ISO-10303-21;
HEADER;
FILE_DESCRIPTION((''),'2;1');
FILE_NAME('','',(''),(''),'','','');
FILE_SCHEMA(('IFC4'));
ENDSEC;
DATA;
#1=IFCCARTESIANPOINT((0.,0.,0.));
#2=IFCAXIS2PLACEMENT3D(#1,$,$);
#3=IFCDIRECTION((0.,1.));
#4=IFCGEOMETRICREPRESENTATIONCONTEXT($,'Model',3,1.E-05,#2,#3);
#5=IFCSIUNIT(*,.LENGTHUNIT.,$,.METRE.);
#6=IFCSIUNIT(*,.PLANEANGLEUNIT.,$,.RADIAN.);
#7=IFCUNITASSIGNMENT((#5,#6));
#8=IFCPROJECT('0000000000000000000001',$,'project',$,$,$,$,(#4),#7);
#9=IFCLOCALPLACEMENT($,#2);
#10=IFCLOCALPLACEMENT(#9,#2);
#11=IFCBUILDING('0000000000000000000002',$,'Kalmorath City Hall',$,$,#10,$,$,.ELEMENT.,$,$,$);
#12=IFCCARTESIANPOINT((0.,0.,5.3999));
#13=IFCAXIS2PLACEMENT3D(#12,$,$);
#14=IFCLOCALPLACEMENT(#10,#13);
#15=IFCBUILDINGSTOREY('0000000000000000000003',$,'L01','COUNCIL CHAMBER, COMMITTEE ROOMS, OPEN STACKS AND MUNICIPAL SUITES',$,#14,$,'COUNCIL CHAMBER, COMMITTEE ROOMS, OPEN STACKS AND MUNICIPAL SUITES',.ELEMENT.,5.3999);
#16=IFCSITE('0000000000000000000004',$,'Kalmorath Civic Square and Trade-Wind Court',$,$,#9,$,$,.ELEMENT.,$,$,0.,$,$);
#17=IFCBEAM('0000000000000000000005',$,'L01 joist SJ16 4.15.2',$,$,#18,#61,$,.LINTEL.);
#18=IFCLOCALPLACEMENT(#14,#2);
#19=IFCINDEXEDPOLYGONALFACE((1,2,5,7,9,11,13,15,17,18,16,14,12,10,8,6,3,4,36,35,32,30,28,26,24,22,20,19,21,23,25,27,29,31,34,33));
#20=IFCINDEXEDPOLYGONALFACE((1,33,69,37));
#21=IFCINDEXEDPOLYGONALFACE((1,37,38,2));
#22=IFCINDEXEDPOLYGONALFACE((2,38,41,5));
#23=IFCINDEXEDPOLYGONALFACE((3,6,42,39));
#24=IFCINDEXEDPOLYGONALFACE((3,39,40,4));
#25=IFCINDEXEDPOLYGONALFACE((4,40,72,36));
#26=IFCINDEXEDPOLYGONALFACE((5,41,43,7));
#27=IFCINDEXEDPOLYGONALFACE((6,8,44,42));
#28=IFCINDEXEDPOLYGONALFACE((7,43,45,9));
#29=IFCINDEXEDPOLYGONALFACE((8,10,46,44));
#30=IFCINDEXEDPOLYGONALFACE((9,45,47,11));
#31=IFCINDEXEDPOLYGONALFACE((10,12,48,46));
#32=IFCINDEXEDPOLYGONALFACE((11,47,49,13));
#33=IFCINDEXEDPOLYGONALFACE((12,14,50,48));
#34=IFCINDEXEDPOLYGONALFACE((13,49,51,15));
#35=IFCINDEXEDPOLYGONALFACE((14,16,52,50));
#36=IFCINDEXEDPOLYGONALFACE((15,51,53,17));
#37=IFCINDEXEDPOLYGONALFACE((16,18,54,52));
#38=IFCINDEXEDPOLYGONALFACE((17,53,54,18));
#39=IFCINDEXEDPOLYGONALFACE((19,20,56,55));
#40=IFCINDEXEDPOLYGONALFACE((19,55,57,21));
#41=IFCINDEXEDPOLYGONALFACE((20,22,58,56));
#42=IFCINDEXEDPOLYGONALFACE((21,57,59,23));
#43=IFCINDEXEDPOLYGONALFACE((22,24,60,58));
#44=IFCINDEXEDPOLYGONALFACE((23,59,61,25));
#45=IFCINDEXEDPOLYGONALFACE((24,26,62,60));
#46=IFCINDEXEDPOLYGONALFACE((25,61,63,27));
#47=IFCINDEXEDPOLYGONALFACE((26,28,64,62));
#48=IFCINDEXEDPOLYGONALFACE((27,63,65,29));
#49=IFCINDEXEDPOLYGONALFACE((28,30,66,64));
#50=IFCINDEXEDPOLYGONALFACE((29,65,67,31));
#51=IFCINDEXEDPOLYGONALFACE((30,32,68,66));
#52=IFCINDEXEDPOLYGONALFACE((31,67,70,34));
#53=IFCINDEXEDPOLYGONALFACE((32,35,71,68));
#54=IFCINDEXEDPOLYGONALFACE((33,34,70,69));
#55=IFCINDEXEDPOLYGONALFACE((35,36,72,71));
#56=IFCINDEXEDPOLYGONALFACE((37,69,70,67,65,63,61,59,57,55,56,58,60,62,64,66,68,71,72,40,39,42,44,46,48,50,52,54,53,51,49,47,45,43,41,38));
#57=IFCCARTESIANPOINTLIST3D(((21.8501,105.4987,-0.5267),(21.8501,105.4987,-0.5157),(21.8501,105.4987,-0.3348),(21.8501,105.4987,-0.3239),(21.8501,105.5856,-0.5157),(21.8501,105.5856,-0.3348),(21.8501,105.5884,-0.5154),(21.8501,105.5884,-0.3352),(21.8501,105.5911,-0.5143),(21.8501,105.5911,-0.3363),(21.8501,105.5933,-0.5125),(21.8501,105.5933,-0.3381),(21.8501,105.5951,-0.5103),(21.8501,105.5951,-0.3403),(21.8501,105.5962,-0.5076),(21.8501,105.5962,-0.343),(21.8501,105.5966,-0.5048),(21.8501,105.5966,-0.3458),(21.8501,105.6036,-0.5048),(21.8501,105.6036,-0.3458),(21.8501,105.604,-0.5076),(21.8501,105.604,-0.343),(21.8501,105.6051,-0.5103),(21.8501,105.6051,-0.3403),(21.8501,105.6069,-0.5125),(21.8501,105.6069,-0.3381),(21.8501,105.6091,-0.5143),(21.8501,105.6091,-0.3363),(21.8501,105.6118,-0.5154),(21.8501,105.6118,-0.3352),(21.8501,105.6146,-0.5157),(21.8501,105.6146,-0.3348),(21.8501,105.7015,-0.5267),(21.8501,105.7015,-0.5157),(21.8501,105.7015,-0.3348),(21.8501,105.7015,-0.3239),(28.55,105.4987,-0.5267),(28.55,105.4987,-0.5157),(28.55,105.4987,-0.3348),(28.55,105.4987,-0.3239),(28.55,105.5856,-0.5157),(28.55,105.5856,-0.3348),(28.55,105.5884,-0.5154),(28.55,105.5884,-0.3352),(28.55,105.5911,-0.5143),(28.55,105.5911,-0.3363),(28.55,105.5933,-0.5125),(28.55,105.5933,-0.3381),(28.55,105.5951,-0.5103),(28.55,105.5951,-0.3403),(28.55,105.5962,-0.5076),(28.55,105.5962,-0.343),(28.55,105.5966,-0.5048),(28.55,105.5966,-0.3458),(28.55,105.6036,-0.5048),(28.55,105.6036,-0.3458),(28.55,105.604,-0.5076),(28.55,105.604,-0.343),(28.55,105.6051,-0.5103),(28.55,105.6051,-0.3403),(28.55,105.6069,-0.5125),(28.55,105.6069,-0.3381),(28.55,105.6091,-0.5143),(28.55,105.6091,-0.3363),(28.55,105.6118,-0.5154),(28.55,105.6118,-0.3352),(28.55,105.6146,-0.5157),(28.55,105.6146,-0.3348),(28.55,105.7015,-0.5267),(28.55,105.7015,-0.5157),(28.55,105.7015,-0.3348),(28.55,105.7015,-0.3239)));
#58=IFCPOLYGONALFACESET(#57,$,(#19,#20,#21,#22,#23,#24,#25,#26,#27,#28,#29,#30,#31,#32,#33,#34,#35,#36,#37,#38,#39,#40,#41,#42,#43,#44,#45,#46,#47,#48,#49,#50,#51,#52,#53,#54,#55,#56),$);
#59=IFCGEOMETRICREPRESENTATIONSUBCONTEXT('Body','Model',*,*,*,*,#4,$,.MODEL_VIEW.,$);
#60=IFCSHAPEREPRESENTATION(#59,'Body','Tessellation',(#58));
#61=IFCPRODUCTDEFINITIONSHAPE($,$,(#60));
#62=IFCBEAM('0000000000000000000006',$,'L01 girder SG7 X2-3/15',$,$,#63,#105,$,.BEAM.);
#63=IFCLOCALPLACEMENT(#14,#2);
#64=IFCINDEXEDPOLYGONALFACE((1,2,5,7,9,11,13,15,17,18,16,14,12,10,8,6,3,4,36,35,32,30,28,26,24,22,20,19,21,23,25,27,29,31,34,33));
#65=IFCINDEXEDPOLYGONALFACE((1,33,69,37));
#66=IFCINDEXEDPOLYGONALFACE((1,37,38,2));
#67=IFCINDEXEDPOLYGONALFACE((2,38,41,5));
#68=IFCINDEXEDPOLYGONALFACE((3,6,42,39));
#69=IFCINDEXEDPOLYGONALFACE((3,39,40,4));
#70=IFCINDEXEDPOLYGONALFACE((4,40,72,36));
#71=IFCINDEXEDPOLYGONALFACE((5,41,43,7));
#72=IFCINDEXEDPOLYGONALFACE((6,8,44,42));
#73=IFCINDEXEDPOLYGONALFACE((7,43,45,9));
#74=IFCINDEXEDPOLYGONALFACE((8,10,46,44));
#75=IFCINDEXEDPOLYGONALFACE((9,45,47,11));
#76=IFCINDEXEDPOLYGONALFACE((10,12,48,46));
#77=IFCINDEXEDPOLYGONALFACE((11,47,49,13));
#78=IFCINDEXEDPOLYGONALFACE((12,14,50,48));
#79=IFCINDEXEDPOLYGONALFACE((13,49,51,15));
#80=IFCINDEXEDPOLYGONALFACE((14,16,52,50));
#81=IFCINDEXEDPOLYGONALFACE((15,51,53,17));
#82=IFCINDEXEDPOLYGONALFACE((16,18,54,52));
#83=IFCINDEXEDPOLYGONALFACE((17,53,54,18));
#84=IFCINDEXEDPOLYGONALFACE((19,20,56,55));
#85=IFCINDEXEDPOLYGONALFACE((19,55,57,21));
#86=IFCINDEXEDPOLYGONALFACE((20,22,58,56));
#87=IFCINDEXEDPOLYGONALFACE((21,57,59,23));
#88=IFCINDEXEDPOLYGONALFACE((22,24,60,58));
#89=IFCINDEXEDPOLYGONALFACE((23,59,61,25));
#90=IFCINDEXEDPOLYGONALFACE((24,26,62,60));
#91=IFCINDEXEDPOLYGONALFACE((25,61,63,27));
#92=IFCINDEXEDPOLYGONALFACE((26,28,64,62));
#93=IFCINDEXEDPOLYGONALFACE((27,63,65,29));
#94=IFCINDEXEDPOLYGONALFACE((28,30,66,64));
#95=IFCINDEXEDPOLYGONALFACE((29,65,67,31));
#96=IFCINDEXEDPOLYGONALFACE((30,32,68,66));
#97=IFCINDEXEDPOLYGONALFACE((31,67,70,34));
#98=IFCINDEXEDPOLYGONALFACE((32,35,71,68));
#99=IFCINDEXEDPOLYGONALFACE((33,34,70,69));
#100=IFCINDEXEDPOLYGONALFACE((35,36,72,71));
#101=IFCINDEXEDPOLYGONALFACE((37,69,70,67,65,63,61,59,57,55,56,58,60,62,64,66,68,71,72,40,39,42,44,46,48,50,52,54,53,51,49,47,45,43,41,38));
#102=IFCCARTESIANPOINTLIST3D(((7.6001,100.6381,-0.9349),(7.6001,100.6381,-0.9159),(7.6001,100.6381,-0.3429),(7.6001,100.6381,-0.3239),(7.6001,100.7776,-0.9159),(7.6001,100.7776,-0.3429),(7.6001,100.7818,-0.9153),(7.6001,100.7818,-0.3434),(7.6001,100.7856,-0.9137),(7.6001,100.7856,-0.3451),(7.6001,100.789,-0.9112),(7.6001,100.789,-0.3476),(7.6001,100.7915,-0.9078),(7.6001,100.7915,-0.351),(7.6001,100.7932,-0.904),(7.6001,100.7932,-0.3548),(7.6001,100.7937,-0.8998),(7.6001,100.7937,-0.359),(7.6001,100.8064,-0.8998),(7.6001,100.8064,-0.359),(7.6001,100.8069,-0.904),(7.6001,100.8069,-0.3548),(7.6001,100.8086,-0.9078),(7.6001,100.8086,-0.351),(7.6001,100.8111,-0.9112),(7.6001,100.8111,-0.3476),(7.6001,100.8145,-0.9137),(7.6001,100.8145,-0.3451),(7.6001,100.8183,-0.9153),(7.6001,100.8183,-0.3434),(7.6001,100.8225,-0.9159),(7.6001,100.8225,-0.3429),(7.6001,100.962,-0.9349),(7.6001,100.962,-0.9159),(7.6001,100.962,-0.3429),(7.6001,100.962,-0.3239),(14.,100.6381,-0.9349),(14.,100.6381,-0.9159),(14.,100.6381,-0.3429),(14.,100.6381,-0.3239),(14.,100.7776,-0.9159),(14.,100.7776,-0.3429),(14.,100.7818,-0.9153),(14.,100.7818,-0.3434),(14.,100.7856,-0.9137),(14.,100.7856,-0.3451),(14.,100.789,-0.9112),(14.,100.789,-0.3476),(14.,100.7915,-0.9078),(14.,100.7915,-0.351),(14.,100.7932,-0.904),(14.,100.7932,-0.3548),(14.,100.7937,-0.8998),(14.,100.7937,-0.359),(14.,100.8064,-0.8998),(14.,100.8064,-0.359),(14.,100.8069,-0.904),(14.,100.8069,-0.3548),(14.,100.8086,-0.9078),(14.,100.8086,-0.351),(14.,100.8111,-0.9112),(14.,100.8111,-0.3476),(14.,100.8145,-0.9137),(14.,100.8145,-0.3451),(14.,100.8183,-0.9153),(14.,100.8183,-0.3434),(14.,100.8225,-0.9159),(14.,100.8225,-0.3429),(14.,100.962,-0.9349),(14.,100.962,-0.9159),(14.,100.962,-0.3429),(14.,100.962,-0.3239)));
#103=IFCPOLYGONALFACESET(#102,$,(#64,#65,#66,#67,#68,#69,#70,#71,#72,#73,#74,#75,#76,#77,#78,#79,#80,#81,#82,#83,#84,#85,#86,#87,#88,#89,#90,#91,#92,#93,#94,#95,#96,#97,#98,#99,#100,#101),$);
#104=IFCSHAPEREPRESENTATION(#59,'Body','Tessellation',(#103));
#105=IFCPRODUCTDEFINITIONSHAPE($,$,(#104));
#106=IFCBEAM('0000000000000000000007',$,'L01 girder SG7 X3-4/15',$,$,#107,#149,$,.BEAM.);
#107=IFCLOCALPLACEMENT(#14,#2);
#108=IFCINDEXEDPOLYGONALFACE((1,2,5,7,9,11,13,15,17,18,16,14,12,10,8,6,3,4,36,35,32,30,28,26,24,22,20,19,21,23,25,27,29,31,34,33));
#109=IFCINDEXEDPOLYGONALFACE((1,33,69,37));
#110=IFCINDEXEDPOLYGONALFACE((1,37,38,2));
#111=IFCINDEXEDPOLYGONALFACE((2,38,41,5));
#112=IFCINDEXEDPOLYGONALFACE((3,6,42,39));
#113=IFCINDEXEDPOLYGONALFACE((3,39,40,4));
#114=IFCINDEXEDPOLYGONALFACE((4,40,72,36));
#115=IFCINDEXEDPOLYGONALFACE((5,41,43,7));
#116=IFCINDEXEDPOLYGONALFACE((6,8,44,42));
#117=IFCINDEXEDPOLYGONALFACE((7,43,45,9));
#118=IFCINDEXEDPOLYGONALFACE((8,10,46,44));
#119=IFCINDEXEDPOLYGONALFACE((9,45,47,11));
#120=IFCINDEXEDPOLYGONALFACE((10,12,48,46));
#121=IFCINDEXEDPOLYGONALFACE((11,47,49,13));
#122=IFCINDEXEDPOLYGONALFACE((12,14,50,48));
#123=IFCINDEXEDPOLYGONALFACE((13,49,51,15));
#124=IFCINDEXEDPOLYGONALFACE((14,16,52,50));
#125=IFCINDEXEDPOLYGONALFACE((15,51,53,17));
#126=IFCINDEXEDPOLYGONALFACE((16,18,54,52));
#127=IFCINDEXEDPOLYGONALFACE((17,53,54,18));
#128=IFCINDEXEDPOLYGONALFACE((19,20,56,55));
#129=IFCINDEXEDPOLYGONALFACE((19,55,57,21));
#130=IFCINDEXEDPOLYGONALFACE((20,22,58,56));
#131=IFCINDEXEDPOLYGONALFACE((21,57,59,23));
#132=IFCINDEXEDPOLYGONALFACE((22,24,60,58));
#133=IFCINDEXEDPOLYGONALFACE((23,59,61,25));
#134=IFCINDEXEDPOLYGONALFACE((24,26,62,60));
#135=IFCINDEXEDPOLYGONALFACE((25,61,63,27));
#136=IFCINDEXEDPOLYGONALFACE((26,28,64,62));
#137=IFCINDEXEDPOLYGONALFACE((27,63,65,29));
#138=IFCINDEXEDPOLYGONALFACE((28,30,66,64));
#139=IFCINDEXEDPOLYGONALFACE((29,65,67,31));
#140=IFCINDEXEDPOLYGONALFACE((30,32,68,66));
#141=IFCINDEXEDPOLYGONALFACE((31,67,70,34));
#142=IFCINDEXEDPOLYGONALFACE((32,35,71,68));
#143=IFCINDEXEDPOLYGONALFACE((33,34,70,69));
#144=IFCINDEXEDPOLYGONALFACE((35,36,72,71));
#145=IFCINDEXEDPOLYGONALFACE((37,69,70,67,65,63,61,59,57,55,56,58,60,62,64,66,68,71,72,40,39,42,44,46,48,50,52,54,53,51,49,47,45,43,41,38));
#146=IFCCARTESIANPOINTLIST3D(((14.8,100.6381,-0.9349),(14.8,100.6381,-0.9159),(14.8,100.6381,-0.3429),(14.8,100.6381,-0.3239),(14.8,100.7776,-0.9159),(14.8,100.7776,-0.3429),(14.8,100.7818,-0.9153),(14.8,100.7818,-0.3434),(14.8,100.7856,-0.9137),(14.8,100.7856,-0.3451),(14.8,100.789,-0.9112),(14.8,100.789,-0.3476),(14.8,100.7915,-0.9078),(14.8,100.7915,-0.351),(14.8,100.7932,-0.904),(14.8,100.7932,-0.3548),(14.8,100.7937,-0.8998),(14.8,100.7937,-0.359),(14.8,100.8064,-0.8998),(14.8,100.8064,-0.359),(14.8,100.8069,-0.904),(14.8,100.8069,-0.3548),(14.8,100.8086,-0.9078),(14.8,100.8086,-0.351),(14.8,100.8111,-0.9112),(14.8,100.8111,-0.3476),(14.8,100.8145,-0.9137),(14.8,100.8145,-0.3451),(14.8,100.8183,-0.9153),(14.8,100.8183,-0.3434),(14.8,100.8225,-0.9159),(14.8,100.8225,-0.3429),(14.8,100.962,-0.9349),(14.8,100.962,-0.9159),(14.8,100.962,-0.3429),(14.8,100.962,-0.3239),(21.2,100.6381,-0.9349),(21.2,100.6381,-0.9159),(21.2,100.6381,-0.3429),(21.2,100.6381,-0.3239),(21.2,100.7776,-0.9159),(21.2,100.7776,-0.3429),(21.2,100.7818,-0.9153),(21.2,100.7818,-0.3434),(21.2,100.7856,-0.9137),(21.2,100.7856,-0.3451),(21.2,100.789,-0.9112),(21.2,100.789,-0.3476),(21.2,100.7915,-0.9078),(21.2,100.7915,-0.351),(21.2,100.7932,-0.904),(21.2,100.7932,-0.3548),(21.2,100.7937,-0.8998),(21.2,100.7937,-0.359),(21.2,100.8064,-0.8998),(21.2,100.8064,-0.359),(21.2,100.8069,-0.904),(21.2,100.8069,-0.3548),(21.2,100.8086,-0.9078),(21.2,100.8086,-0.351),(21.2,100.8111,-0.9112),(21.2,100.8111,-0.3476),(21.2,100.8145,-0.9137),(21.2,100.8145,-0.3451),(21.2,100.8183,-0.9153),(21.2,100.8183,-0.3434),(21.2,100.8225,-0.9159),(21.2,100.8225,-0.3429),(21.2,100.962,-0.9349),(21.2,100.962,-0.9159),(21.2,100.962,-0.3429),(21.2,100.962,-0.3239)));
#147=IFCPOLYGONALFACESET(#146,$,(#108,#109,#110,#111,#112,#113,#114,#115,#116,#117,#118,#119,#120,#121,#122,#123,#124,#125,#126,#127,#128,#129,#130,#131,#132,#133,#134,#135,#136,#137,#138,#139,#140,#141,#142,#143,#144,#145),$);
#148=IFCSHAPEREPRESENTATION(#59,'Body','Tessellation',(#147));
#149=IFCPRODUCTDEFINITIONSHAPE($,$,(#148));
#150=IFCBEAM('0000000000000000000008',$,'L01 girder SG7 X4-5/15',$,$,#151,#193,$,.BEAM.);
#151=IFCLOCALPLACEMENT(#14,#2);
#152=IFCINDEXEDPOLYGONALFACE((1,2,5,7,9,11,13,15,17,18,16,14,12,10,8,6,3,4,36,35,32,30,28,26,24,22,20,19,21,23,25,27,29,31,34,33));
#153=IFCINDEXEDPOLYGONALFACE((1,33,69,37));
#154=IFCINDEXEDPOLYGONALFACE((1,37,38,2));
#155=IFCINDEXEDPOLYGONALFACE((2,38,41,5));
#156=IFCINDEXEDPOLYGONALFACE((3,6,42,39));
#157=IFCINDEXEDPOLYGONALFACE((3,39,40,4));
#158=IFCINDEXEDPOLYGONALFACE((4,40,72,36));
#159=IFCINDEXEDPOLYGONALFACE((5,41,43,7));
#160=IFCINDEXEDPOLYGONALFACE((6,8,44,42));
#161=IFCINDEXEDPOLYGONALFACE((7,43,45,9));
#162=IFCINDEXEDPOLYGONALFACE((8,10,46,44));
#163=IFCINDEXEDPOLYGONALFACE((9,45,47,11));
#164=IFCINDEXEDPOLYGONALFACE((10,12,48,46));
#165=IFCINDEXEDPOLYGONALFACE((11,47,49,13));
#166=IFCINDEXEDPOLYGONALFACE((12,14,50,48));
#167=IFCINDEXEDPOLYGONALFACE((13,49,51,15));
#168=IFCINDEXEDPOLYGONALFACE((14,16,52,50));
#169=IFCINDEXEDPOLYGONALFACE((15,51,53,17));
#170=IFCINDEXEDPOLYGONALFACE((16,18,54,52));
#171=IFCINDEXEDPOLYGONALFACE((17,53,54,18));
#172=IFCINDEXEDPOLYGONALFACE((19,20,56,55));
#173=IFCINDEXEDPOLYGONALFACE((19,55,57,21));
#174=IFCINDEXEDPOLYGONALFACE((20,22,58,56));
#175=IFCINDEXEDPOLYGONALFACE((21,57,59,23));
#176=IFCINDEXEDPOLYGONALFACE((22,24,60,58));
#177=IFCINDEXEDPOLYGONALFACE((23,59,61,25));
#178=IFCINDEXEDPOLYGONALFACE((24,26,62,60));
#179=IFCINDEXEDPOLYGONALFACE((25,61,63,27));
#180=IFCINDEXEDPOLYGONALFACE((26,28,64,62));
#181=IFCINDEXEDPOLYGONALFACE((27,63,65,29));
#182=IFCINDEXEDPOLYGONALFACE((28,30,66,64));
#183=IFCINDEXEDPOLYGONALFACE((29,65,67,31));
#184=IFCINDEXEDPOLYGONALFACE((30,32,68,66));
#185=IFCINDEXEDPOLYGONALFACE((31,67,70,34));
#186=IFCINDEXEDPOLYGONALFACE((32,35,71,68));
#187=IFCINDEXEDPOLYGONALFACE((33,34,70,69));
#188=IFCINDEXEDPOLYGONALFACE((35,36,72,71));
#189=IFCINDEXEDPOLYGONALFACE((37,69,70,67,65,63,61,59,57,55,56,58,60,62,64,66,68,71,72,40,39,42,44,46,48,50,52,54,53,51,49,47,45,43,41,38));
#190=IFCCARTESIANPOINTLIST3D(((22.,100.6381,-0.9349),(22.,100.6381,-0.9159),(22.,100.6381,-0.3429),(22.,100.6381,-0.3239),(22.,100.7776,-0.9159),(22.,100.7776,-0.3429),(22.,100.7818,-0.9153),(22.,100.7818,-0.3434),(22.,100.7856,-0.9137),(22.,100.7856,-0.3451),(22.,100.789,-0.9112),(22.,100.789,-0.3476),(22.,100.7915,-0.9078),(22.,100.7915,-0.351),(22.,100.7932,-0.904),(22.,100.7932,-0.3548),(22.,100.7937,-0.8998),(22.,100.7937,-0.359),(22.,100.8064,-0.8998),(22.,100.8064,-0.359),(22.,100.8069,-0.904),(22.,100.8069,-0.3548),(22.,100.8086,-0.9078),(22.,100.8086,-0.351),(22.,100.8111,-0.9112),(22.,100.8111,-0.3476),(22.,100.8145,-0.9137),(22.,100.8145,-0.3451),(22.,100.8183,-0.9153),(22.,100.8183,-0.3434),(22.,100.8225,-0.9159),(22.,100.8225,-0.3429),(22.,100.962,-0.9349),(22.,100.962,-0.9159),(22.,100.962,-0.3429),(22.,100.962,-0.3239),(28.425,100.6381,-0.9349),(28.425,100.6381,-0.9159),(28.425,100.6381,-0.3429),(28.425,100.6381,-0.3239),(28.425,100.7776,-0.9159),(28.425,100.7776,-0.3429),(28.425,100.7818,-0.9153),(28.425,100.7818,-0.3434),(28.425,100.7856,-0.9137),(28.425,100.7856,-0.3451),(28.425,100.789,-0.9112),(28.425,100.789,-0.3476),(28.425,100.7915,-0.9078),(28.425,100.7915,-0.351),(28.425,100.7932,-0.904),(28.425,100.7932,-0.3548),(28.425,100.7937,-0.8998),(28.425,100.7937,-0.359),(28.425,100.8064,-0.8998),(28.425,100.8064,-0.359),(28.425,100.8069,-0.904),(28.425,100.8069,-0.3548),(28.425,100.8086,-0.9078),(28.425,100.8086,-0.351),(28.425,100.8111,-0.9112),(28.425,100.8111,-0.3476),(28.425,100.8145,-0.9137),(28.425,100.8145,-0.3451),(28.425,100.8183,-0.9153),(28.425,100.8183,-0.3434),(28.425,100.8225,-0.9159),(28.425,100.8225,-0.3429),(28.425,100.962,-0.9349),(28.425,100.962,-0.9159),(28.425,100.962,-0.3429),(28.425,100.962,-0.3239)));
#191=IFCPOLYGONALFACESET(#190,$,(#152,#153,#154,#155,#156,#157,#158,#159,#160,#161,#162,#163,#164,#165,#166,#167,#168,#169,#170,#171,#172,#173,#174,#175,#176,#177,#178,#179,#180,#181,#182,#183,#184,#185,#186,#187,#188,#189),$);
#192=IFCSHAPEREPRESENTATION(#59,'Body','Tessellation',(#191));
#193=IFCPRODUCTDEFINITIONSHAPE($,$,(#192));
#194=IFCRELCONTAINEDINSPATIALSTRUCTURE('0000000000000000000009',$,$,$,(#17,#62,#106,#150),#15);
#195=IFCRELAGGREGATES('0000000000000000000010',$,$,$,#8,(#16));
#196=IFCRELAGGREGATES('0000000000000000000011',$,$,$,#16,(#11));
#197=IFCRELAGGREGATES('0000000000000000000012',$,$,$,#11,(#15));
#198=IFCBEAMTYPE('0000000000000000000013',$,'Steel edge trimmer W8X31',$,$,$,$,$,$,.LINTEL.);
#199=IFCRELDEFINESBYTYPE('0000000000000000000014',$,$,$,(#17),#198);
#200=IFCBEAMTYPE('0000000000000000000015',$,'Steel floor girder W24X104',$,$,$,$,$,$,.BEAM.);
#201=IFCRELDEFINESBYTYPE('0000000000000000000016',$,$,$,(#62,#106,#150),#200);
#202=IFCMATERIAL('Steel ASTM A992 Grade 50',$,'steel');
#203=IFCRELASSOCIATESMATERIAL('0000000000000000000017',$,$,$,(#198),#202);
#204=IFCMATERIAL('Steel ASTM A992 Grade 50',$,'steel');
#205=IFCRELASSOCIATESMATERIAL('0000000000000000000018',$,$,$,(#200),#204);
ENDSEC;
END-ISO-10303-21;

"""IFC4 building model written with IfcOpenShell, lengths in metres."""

from ifc_helpers import new_model, si_unit, direction, frame, origin, origin_2d, place, context, subcontext, project, spatial, i_section, extrude, material, material_profile, profile_set, type_object, element, save


model = new_model("IFC4")

# Units and contexts
model_context = context("Model", 3, precision=1e-05, world=origin(), true_north=direction((0.0, 1.0)))
body_context = subcontext(model_context, "Body", "Model", "MODEL_VIEW")
ifc_project = project(units=[si_unit("LENGTHUNIT", "METRE"), si_unit("PLANEANGLEUNIT", "RADIAN")], contexts=[model_context])

# Site, building, storey
site_placement = place(None, origin())
site = spatial("IfcSite", under=ifc_project, at=site_placement, Name="Kalmorath Civic Square and Trade-Wind Court", CompositionType="ELEMENT", RefElevation=0.0)
building_placement = place(site_placement, origin())
building = spatial("IfcBuilding", under=site, at=building_placement, Name="Kalmorath City Hall", CompositionType="ELEMENT")
storey_placement = place(building_placement, frame((0.0, 0.0, 5.3999)))
storey = spatial("IfcBuildingStorey", under=building, at=storey_placement, Name="L01", Description="COUNCIL CHAMBER, COMMITTEE ROOMS, OPEN STACKS AND MUNICIPAL SUITES", LongName="COUNCIL CHAMBER, COMMITTEE ROOMS, OPEN STACKS AND MUNICIPAL SUITES", CompositionType="ELEMENT", Elevation=5.3999)

# Beams
ifc_material_1 = material(Name="Steel ASTM A992 Grade 50", Category="steel")
ifc_material_profile_1 = material_profile(ifc_material_1, i_section(OverallWidth=0.2029, OverallDepth=0.2029, WebThickness=0.0071, FlangeThickness=0.011, FilletRadius=0.011, at=origin_2d()), Name="W8X31")
ifc_profile_set_1 = profile_set([ifc_material_profile_1], Name="Steel ASTM A992 Grade 50")
beam_type_1 = type_object("IfcBeamType", Name="Steel edge trimmer W8X31", PredefinedType="LINTEL", material=ifc_profile_set_1)
for number, where, z_axis, x_axis, name in (
    (1, (21.8501, 105.6001, -0.4253), (1.0, 0.0, 0.0), (0.0, 1.0, 0.0), "L01 joist SJ16 4.15.2"),
):
    element("IfcBeam", number, at=place(storey_placement, frame(where, z_axis=z_axis, x_axis=x_axis)), inside=storey, type_object=beam_type_1, Name=name, PredefinedType="LINTEL", context=body_context, shape_type="SweptSolid", body=[
        extrude(i_section(OverallWidth=0.2029, OverallDepth=0.2029, WebThickness=0.0071, FlangeThickness=0.011, FilletRadius=0.011, at=origin_2d()), origin(), (0.0, 0.0, 1.0), 6.7),
    ])
ifc_material_2 = material(Name="Steel ASTM A992 Grade 50", Category="steel")
ifc_material_profile_2 = material_profile(ifc_material_2, i_section(OverallWidth=0.324, OverallDepth=0.6111, WebThickness=0.0127, FlangeThickness=0.019, FilletRadius=0.0161, at=origin_2d()), Name="W24X104")
ifc_profile_set_2 = profile_set([ifc_material_profile_2], Name="Steel ASTM A992 Grade 50")
beam_type_2 = type_object("IfcBeamType", Name="Steel floor girder W24X104", PredefinedType="BEAM", material=ifc_profile_set_2)
for number, where, z_axis, x_axis, name in (
    (2, (7.6001, 100.8, -0.6294), (1.0, 0.0, 0.0), (0.0, 1.0, 0.0), "L01 girder SG7 X2-3/15"),
    (3, (14.8, 100.8, -0.6294), (1.0, 0.0, 0.0), (0.0, 1.0, 0.0), "L01 girder SG7 X3-4/15"),
):
    element("IfcBeam", number, at=place(storey_placement, frame(where, z_axis=z_axis, x_axis=x_axis)), inside=storey, type_object=beam_type_2, Name=name, PredefinedType="BEAM", context=body_context, shape_type="SweptSolid", body=[
        extrude(i_section(OverallWidth=0.324, OverallDepth=0.6111, WebThickness=0.0127, FlangeThickness=0.019, FilletRadius=0.0161, at=origin_2d()), origin(), (0.0, 0.0, 1.0), 6.3999),
    ])
beam_1_placement = place(storey_placement, frame((22.0, 100.8, -0.6294), z_axis=(1.0, 0.0, 0.0), x_axis=(0.0, 1.0, 0.0)))
element("IfcBeam", 4, at=beam_1_placement, inside=storey, type_object=beam_type_2, Name="L01 girder SG7 X4-5/15", PredefinedType="BEAM", context=body_context, shape_type="SweptSolid", body=[
    extrude(i_section(OverallWidth=0.324, OverallDepth=0.6111, WebThickness=0.0127, FlangeThickness=0.019, FilletRadius=0.0161, at=origin_2d()), origin(), (0.0, 0.0, 1.0), 6.425),
])

save(model, "model.ifc")
